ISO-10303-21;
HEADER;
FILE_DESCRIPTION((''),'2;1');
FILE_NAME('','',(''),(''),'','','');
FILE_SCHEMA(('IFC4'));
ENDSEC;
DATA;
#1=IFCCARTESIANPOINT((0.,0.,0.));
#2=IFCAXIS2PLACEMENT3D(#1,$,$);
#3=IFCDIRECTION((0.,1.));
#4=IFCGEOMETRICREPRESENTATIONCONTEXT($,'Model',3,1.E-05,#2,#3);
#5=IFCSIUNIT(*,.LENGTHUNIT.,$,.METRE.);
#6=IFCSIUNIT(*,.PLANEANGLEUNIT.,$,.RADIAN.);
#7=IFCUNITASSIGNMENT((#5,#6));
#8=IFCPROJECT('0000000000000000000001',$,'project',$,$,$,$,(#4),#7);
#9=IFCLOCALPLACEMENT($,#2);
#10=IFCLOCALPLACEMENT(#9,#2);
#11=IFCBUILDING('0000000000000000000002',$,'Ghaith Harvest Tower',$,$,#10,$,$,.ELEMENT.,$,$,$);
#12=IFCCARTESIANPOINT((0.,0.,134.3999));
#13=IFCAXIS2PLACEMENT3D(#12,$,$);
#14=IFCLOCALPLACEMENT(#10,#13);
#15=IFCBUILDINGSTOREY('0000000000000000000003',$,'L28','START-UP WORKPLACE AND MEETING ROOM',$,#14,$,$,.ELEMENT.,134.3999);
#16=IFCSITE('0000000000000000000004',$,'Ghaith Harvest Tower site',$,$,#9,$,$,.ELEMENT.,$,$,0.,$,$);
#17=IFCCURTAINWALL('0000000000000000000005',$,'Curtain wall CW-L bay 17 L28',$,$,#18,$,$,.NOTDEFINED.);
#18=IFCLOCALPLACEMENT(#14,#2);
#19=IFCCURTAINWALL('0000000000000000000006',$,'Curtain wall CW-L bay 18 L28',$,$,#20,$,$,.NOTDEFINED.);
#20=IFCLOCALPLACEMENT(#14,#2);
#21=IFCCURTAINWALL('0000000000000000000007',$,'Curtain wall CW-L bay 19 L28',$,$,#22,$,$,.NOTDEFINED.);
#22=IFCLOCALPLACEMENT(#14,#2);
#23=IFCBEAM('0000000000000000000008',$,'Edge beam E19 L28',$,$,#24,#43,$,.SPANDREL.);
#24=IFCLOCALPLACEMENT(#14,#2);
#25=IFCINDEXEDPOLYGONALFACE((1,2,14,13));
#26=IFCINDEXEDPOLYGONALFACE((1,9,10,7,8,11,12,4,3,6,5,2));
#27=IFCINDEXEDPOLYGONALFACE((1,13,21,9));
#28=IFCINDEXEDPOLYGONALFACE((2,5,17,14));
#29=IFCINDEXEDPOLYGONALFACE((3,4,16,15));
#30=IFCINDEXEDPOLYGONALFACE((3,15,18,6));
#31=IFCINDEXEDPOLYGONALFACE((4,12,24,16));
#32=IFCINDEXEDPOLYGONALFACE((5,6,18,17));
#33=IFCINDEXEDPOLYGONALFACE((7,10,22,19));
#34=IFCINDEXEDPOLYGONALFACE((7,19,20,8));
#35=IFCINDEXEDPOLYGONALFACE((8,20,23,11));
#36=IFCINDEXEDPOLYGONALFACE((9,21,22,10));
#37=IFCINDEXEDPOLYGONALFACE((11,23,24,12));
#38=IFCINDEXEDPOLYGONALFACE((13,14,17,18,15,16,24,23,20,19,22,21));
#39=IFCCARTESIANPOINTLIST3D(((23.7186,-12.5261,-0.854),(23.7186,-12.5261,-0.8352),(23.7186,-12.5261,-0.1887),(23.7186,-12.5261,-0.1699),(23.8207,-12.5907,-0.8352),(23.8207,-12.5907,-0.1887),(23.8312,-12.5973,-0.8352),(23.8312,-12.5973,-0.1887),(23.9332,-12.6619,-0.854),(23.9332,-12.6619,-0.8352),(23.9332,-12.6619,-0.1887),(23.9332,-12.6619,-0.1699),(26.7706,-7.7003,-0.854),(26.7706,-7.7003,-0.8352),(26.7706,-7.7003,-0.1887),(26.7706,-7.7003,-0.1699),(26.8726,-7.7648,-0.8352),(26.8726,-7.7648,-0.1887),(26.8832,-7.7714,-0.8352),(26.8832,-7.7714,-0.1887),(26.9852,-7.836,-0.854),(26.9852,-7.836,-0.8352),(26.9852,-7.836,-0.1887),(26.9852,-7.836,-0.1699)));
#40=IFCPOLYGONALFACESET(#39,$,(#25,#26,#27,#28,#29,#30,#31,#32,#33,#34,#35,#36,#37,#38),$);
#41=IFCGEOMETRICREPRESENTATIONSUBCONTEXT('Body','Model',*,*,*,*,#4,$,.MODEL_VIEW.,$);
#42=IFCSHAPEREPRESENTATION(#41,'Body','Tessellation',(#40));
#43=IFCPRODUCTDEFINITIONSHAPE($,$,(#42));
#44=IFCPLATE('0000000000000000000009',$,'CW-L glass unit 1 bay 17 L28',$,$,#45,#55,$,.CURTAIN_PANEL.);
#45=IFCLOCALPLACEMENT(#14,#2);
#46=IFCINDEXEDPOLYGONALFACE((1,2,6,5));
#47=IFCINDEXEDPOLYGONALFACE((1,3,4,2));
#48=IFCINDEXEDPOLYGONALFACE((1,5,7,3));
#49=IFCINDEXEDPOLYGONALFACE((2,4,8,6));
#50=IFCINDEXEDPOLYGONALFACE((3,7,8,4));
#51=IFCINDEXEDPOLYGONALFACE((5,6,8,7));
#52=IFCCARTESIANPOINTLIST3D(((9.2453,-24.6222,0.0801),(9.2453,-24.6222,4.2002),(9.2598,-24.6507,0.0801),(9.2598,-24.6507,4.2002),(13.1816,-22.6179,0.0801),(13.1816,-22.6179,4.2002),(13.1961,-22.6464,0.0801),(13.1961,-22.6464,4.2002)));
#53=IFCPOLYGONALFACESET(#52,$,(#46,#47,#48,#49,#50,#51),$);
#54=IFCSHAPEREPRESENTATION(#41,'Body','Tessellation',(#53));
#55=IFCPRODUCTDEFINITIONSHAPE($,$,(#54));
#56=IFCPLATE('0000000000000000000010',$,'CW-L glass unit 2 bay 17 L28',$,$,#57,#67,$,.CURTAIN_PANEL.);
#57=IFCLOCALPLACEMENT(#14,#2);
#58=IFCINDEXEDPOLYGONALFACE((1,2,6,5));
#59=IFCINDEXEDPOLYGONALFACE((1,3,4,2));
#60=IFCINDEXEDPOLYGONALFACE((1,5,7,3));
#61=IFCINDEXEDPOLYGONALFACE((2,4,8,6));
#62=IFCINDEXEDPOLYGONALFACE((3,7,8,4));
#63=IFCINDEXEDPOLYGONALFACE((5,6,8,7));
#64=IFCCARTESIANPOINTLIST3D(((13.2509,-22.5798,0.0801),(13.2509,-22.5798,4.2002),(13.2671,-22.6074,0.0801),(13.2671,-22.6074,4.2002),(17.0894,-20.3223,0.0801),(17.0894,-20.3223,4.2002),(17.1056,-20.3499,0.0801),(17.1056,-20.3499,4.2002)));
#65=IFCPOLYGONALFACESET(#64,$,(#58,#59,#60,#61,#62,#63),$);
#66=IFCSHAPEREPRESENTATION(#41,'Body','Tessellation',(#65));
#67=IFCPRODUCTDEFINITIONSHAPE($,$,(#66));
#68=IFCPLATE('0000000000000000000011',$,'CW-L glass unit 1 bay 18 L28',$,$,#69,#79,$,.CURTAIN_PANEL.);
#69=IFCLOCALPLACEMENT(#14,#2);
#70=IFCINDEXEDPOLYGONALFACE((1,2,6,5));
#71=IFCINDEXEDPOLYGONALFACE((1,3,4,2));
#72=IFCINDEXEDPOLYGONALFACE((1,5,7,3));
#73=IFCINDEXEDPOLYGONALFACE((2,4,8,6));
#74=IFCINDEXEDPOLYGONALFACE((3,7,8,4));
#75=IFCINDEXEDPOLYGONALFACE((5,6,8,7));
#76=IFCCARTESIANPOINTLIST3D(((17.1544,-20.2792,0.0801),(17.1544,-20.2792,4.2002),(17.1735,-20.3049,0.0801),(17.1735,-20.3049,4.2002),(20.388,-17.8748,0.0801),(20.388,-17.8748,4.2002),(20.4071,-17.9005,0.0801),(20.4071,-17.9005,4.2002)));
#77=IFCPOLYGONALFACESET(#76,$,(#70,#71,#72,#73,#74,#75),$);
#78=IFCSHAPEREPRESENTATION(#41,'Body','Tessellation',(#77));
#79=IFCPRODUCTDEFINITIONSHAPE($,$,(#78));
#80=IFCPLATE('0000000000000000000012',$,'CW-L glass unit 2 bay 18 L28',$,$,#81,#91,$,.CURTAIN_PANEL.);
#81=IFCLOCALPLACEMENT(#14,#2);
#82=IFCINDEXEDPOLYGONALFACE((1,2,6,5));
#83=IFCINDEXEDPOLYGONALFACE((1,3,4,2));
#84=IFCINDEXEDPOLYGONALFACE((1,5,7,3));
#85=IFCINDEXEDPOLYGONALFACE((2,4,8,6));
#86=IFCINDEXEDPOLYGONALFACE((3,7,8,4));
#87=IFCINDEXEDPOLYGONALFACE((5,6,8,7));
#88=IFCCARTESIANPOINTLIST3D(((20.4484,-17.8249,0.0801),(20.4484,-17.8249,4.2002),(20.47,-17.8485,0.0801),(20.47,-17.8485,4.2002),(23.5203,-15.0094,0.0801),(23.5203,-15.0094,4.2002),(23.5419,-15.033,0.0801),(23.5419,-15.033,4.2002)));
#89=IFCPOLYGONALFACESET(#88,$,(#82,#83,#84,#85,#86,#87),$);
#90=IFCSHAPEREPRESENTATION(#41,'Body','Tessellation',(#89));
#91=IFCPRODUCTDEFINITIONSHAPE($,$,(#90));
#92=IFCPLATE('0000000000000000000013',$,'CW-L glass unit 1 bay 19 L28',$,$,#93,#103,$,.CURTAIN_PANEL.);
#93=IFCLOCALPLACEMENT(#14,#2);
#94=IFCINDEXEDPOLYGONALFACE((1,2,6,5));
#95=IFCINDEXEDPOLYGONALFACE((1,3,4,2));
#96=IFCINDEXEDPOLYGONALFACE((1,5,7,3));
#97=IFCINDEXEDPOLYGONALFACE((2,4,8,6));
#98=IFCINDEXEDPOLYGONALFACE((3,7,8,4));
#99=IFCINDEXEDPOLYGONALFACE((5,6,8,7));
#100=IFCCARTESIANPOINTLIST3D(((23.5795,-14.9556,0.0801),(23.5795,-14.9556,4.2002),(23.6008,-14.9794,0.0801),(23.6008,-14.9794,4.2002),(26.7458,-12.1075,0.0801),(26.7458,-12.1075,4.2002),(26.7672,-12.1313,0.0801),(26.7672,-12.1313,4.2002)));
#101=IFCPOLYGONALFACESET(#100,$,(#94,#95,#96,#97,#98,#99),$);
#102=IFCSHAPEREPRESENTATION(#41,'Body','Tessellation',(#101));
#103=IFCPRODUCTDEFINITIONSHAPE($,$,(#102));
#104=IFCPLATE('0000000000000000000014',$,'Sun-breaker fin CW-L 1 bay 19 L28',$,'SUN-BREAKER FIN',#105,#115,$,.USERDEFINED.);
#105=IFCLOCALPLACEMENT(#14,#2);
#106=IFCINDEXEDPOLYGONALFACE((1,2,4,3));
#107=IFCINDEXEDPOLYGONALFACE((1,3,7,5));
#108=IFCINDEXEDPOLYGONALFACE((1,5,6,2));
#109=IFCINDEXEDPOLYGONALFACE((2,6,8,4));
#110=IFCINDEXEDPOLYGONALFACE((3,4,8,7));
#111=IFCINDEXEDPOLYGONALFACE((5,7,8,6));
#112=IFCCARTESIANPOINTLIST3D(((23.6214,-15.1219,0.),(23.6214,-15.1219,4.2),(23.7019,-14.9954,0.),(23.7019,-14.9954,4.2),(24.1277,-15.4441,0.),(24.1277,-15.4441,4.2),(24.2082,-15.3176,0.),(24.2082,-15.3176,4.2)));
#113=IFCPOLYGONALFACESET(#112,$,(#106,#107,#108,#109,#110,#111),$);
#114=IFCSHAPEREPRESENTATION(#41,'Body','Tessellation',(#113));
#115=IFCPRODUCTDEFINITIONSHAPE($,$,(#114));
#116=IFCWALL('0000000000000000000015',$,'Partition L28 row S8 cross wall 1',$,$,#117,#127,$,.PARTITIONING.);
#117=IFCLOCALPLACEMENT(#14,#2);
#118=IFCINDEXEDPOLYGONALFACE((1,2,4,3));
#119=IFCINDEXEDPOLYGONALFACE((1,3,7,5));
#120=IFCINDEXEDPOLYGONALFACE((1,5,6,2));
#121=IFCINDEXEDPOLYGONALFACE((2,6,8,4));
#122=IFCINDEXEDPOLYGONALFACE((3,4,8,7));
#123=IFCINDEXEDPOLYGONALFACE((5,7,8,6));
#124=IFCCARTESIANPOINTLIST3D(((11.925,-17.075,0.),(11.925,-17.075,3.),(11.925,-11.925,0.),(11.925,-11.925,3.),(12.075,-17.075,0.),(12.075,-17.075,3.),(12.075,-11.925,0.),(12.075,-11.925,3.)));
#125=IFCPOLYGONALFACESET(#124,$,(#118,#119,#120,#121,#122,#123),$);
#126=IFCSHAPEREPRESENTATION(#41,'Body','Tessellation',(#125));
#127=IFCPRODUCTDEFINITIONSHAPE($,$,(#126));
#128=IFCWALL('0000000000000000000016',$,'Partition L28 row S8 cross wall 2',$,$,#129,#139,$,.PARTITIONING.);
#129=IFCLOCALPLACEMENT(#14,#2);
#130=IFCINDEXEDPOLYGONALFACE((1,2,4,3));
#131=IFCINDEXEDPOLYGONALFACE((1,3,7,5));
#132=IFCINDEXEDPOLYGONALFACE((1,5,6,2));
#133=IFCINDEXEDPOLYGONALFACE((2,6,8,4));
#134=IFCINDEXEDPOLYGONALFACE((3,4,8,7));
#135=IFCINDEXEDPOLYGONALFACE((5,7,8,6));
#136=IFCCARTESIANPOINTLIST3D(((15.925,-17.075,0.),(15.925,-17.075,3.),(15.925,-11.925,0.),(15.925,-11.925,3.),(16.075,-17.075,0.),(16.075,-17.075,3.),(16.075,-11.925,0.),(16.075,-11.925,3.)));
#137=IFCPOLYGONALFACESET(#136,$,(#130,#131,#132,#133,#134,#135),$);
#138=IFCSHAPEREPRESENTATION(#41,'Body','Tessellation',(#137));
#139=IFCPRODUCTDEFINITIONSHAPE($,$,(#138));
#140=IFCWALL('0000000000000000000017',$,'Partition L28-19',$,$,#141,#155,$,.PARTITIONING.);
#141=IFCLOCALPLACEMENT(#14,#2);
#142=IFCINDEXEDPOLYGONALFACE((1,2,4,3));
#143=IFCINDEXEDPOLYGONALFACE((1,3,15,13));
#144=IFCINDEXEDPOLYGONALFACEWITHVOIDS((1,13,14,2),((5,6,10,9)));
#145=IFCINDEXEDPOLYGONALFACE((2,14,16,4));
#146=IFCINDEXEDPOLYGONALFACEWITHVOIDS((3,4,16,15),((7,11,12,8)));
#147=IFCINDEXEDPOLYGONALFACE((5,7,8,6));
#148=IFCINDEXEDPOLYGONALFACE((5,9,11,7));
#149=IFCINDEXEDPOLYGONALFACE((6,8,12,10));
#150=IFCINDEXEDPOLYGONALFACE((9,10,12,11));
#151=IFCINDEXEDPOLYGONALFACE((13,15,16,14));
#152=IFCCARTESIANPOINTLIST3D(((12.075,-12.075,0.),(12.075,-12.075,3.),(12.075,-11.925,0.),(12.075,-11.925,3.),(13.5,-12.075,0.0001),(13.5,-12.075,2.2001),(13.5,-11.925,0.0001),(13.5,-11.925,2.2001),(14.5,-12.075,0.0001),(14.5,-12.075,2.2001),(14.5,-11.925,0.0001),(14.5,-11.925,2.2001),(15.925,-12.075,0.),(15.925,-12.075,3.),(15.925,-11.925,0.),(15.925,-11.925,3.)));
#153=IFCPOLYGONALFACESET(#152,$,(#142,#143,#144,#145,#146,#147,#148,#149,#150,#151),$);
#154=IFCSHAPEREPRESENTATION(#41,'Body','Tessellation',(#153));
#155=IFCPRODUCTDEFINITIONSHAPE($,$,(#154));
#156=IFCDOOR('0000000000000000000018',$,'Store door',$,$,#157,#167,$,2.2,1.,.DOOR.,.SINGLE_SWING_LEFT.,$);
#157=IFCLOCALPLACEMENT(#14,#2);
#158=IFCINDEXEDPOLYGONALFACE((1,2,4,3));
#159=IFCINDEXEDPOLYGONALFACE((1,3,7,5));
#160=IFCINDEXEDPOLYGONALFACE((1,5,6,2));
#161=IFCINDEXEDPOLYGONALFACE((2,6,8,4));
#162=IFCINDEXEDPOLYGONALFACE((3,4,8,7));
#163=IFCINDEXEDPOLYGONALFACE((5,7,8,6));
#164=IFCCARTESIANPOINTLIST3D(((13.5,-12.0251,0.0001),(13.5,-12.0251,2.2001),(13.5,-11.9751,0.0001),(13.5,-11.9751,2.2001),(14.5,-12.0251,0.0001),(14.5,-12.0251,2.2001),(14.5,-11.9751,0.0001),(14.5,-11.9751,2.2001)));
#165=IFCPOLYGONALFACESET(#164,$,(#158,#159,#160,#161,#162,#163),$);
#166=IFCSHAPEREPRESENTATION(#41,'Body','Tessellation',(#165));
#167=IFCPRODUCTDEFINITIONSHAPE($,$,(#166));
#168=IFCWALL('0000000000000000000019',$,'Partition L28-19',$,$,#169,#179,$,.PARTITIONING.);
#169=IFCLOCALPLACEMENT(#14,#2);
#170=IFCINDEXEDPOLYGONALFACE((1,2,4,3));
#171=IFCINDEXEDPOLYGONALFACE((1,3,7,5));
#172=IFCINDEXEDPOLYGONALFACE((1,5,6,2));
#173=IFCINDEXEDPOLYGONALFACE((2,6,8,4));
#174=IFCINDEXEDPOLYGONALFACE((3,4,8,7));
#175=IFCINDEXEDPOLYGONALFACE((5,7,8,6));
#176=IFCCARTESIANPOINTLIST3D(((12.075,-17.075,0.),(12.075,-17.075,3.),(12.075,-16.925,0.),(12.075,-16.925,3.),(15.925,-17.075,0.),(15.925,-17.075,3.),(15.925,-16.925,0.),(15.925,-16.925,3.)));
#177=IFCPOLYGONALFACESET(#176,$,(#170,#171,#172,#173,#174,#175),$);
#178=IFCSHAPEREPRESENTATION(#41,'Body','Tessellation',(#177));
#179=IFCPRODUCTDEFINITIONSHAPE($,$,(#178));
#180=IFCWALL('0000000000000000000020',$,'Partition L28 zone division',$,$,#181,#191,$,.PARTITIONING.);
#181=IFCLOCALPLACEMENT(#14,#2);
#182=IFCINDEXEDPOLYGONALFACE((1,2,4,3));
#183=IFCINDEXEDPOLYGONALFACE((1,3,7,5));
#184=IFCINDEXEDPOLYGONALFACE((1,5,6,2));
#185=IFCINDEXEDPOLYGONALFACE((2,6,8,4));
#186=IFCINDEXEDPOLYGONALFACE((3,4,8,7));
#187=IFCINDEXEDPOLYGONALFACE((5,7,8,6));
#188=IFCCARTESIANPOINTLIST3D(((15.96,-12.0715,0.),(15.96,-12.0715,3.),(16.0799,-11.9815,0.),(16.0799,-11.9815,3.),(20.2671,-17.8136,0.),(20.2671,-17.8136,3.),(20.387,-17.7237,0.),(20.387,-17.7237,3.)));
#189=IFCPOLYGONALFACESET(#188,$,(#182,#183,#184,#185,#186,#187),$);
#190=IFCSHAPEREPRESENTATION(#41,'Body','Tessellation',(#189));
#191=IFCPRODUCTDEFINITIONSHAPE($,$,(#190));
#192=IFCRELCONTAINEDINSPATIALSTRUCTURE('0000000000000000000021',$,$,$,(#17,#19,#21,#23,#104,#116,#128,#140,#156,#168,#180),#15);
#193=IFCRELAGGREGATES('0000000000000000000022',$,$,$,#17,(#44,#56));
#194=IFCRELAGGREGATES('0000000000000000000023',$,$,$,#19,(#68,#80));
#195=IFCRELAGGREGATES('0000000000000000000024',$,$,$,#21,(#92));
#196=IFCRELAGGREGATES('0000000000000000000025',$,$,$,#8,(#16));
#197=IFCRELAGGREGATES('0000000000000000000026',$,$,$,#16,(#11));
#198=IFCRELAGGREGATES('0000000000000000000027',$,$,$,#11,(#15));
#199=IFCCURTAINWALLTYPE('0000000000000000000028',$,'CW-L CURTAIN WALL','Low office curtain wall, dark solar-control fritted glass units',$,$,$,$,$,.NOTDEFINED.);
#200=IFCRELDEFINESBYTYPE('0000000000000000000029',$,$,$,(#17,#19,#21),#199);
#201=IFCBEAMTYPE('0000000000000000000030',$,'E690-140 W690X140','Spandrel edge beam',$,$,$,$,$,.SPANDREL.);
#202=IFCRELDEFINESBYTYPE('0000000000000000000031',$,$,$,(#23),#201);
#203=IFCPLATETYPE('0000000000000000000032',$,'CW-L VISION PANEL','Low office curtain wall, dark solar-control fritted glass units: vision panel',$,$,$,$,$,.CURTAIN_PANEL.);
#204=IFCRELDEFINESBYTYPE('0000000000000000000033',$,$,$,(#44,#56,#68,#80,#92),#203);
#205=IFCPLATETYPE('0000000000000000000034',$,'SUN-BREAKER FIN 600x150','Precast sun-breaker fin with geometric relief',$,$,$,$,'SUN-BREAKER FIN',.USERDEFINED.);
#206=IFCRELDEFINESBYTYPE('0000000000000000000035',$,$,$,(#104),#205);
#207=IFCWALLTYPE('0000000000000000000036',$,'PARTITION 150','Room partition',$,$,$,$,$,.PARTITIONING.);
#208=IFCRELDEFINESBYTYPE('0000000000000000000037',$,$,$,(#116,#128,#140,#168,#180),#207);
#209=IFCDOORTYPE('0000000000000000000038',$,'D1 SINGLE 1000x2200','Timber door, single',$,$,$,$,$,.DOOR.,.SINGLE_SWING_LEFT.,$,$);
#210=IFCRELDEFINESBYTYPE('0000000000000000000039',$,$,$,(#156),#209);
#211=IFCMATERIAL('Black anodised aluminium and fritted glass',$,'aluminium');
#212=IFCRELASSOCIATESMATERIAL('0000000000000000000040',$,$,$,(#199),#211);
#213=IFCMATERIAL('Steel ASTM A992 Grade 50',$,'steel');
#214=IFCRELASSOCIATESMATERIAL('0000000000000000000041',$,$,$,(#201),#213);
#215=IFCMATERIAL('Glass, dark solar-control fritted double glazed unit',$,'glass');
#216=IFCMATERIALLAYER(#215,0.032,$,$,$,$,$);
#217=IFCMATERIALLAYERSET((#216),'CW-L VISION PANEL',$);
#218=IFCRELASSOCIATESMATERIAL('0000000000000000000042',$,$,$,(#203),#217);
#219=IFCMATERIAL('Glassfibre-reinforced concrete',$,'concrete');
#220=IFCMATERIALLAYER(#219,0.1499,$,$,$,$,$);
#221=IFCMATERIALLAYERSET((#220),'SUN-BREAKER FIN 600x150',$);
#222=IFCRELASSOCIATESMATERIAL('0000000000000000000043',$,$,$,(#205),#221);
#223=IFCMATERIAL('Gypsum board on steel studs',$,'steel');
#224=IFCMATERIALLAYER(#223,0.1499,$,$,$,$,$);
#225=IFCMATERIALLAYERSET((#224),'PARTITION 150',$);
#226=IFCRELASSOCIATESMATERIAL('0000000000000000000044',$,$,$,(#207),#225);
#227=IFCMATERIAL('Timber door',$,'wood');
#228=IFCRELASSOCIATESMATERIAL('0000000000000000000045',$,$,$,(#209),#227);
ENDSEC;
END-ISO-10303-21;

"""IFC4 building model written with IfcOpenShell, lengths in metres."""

from ifc_helpers import new_model, si_unit, direction, frame, frame_2d, origin, origin_2d, place, context, subcontext, project, spatial, rectangle, i_section, extrude, material, layer, layer_set, material_profile, profile_set, type_object, element, fill, aggregate, save


model = new_model("IFC4")

# Units and contexts
model_context = context("Model", 3, precision=1e-05, world=origin(), true_north=direction((0.0, 1.0)))
body_context = subcontext(model_context, "Body", "Model", "MODEL_VIEW")
ifc_project = project(units=[si_unit("LENGTHUNIT", "METRE"), si_unit("PLANEANGLEUNIT", "RADIAN")], contexts=[model_context])

# Site, building, storey
site_placement = place(None, origin())
site = spatial("IfcSite", under=ifc_project, at=site_placement, Name="Ghaith Harvest Tower site", CompositionType="ELEMENT", RefElevation=0.0)
building_placement = place(site_placement, origin())
building = spatial("IfcBuilding", under=site, at=building_placement, Name="Ghaith Harvest Tower", CompositionType="ELEMENT")
storey_placement = place(building_placement, frame((0.0, 0.0, 134.3999)))
storey = spatial("IfcBuildingStorey", under=building, at=storey_placement, Name="L28", Description="START-UP WORKPLACE AND MEETING ROOM", CompositionType="ELEMENT", Elevation=134.3999)

# Curtain wall
ifc_material_1 = material(Name="Black anodised aluminium and fritted glass", Category="aluminium")
curtain_wall_type = type_object("IfcCurtainWallType", Name="CW-L CURTAIN WALL", Description="Low office curtain wall, dark solar-control fritted glass units", PredefinedType="NOTDEFINED", material=ifc_material_1)
curtain_wall_1_placement = place(storey_placement, origin())
curtain_wall_1 = element("IfcCurtainWall", 1, at=curtain_wall_1_placement, inside=storey, type_object=curtain_wall_type, Name="Curtain wall CW-L bay 17 L28", PredefinedType="NOTDEFINED")

# Curtain walls
curtain_wall_2_placement = place(storey_placement, origin())
curtain_wall_2 = element("IfcCurtainWall", 2, at=curtain_wall_2_placement, inside=storey, type_object=curtain_wall_type, Name="Curtain wall CW-L bay 18 L28", PredefinedType="NOTDEFINED")
curtain_wall_3_placement = place(storey_placement, origin())
curtain_wall_3 = element("IfcCurtainWall", 3, at=curtain_wall_3_placement, inside=storey, type_object=curtain_wall_type, Name="Curtain wall CW-L bay 19 L28", PredefinedType="NOTDEFINED")

# Beam
ifc_material_2 = material(Name="Steel ASTM A992 Grade 50", Category="steel")
ifc_material_profile_1 = material_profile(ifc_material_2, i_section(OverallWidth=0.2539, OverallDepth=0.6841, WebThickness=0.0125, FlangeThickness=0.0188, at=origin_2d()), Name="W690X140")
ifc_profile_set_1 = profile_set([ifc_material_profile_1], Name="Steel ASTM A992 Grade 50")
beam_type = type_object("IfcBeamType", Name="E690-140 W690X140", Description="Spandrel edge beam", PredefinedType="SPANDREL", material=ifc_profile_set_1)
beam_1_placement = place(storey_placement, frame((23.8259, -12.594, -0.512), z_axis=(0.5345, 0.845169, 0.0), x_axis=(-0.845169, 0.5345, 0.0)))
element("IfcBeam", 4, at=beam_1_placement, inside=storey, type_object=beam_type, Name="Edge beam E19 L28", PredefinedType="SPANDREL", context=body_context, shape_type="SweptSolid", body=[
    extrude(i_section(OverallWidth=0.2539, OverallDepth=0.6841, WebThickness=0.0125, FlangeThickness=0.0188, at=origin_2d()), origin(), (0.0, 0.0, 1.0), 5.71),
])

# Plates
ifc_material_3 = material(Name="Glass, dark solar-control fritted double glazed unit", Category="glass")
ifc_layer_1 = layer(ifc_material_3, 0.032)
ifc_layer_set_1 = layer_set([ifc_layer_1], Name="CW-L VISION PANEL")
plate_type_1 = type_object("IfcPlateType", Name="CW-L VISION PANEL", Description="Low office curtain wall, dark solar-control fritted glass units: vision panel", PredefinedType="CURTAIN_PANEL", material=ifc_layer_set_1)
plate_1_placement = place(storey_placement, frame((11.2207, -23.6343, 0.0801), z_axis=(0.0, 0.0, 1.0), x_axis=(0.891127, 0.453754, 0.0)))
plate_1 = element("IfcPlate", 5, at=plate_1_placement, type_object=plate_type_1, Name="CW-L glass unit 1 bay 17 L28", PredefinedType="CURTAIN_PANEL", context=body_context, shape_type="SweptSolid", body=[
    extrude(rectangle(XDim=4.4172, YDim=0.032, at=origin_2d()), origin(), (0.0, 0.0, 1.0), 4.1201),
])
plate_2_placement = place(storey_placement, frame((15.1782, -21.4648, 0.0801), z_axis=(0.0, 0.0, 1.0), x_axis=(0.861979, 0.506943, 0.0)))
plate_2 = element("IfcPlate", 6, at=plate_2_placement, type_object=plate_type_1, Name="CW-L glass unit 2 bay 17 L28", PredefinedType="CURTAIN_PANEL", context=body_context, shape_type="SweptSolid", body=[
    extrude(rectangle(XDim=4.4531, YDim=0.032, at=origin_2d()), origin(), (0.0, 0.0, 1.0), 4.1201),
])
aggregate(curtain_wall_1, [plate_1, plate_2])
plate_3_placement = place(storey_placement, frame((18.7808, -19.0898, 0.0801), z_axis=(0.0, 0.0, 1.0), x_axis=(0.802462, 0.596703, 0.0)))
plate_3 = element("IfcPlate", 7, at=plate_3_placement, type_object=plate_type_1, Name="CW-L glass unit 1 bay 18 L28", PredefinedType="CURTAIN_PANEL", context=body_context, shape_type="SweptSolid", body=[
    extrude(rectangle(XDim=4.0295, YDim=0.032, at=origin_2d()), origin(), (0.0, 0.0, 1.0), 4.1201),
])
plate_4_placement = place(storey_placement, frame((21.9951, -16.429, 0.0801), z_axis=(0.0, 0.0, 1.0), x_axis=(0.737202, 0.675673, 0.0)))
plate_4 = element("IfcPlate", 8, at=plate_4_placement, type_object=plate_type_1, Name="CW-L glass unit 2 bay 18 L28", PredefinedType="CURTAIN_PANEL", context=body_context, shape_type="SweptSolid", body=[
    extrude(rectangle(XDim=4.167, YDim=0.032, at=origin_2d()), origin(), (0.0, 0.0, 1.0), 4.1201),
])
aggregate(curtain_wall_2, [plate_3, plate_4])
plate_5_placement = place(storey_placement, frame((25.1733, -13.5435, 0.0801), z_axis=(0.0, 0.0, 1.0), x_axis=(0.743493, 0.668744, 0.0)))
plate_5 = element("IfcPlate", 9, at=plate_5_placement, type_object=plate_type_1, Name="CW-L glass unit 1 bay 19 L28", PredefinedType="CURTAIN_PANEL", context=body_context, shape_type="SweptSolid", body=[
    extrude(rectangle(XDim=4.2588, YDim=0.032, at=origin_2d()), origin(), (0.0, 0.0, 1.0), 4.1201),
])
aggregate(curtain_wall_3, [plate_5])
ifc_material_4 = material(Name="Glassfibre-reinforced concrete", Category="concrete")
ifc_layer_2 = layer(ifc_material_4, 0.1499)
ifc_layer_set_2 = layer_set([ifc_layer_2], Name="SUN-BREAKER FIN 600x150")
plate_type_2 = type_object("IfcPlateType", Name="SUN-BREAKER FIN 600x150", Description="Precast sun-breaker fin with geometric relief", ElementType="SUN-BREAKER FIN", PredefinedType="USERDEFINED", material=ifc_layer_set_2)
plate_6_placement = place(storey_placement, frame((23.9148, -15.2197, 0.0), z_axis=(0.0, 0.0, 1.0), x_axis=(0.843644, -0.536903, 0.0)))
element("IfcPlate", 10, at=plate_6_placement, inside=storey, type_object=plate_type_2, Name="Sun-breaker fin CW-L 1 bay 19 L28", ObjectType="SUN-BREAKER FIN", PredefinedType="USERDEFINED", context=body_context, shape_type="SweptSolid", body=[
    extrude(rectangle(XDim=0.6001, YDim=0.1499, at=origin_2d()), origin(), (0.0, 0.0, 1.0), 4.2),
])

# Walls
ifc_material_5 = material(Name="Gypsum board on steel studs", Category="steel")
ifc_layer_3 = layer(ifc_material_5, 0.1499)
ifc_layer_set_3 = layer_set([ifc_layer_3], Name="PARTITION 150")
wall_type = type_object("IfcWallType", Name="PARTITION 150", Description="Room partition", PredefinedType="PARTITIONING", material=ifc_layer_set_3)
for number, where, z_axis, x_axis, name in (
    (11, (12.0, -11.925, 0.0), (0.0, 0.0, 1.0), (0.0, -1.0, 0.0), "Partition L28 row S8 cross wall 1"),
    (12, (16.0, -11.925, 0.0), (0.0, 0.0, 1.0), (0.0, -1.0, 0.0), "Partition L28 row S8 cross wall 2"),
):
    element("IfcWall", number, at=place(storey_placement, frame(where, z_axis=z_axis, x_axis=x_axis)), inside=storey, type_object=wall_type, Name=name, PredefinedType="PARTITIONING", context=body_context, shape_type="SweptSolid", body=[
        extrude(rectangle(XDim=5.1499, YDim=0.1499, at=frame_2d((2.575, 0.0))), origin(), (0.0, 0.0, 1.0), 3.0),
    ])

# Wall, opening, door
wall_1_placement = place(storey_placement, frame((12.075, -12.0, 0.0), z_axis=(0.0, 0.0, 1.0), x_axis=(1.0, 0.0, 0.0)))
wall_1 = element("IfcWall", 13, at=wall_1_placement, inside=storey, type_object=wall_type, Name="Partition L28-19", PredefinedType="PARTITIONING", context=body_context, shape_type="SweptSolid", body=[
    extrude(rectangle(XDim=3.8501, YDim=0.1499, at=frame_2d((1.925, 0.0))), origin(), (0.0, 0.0, 1.0), 3.0),
])
opening_placement = place(wall_1_placement, frame((1.425, 0.0, 0.0)))
opening = element("IfcOpeningElement", 14, at=opening_placement, cuts=wall_1, PredefinedType="OPENING", context=body_context, shape_type="SweptSolid", body=[
    extrude(rectangle(XDim=1.0, YDim=2.2, at=frame_2d((0.5, 1.1001))), frame((0.0, 0.085, 0.0), z_axis=(0.0, -1.0, 0.0), x_axis=(1.0, 0.0, 0.0)), (0.0, 0.0, 1.0), 0.1699),
])
ifc_material_6 = material(Name="Timber door", Category="wood")
door_type = type_object("IfcDoorType", Name="D1 SINGLE 1000x2200", Description="Timber door, single", OperationType="SINGLE_SWING_LEFT", PredefinedType="DOOR", material=ifc_material_6)
door_placement = place(opening_placement, origin())
door = element("IfcDoor", 15, at=door_placement, inside=storey, type_object=door_type, Name="Store door", OperationType="SINGLE_SWING_LEFT", OverallHeight=2.2, OverallWidth=1.0, PredefinedType="DOOR", context=body_context, shape_type="SweptSolid", body=[
    extrude(rectangle(XDim=1.0, YDim=2.2, at=frame_2d((0.5, 1.1001))), frame((0.0, 0.0249, 0.0), z_axis=(0.0, -1.0, 0.0), x_axis=(1.0, 0.0, 0.0)), (0.0, 0.0, 1.0), 0.05),
])
fill(opening, door)

# Walls
wall_2_placement = place(storey_placement, frame((12.075, -17.0, 0.0), z_axis=(0.0, 0.0, 1.0), x_axis=(1.0, 0.0, 0.0)))
element("IfcWall", 16, at=wall_2_placement, inside=storey, type_object=wall_type, Name="Partition L28-19", PredefinedType="PARTITIONING", context=body_context, shape_type="SweptSolid", body=[
    extrude(rectangle(XDim=3.8501, YDim=0.1499, at=frame_2d((1.925, 0.0))), origin(), (0.0, 0.0, 1.0), 3.0),
])
wall_3_placement = place(storey_placement, frame((16.02, -12.0266, 0.0), z_axis=(0.0, 0.0, 1.0), x_axis=(0.600044, -0.799967, 0.0)))
element("IfcWall", 17, at=wall_3_placement, inside=storey, type_object=wall_type, Name="Partition L28 zone division", PredefinedType="PARTITIONING", context=body_context, shape_type="SweptSolid", body=[
    extrude(rectangle(XDim=7.178, YDim=0.1499, at=frame_2d((3.5889, 0.0))), origin(), (0.0, 0.0, 1.0), 3.0),
])

save(model, "model.ifc")
